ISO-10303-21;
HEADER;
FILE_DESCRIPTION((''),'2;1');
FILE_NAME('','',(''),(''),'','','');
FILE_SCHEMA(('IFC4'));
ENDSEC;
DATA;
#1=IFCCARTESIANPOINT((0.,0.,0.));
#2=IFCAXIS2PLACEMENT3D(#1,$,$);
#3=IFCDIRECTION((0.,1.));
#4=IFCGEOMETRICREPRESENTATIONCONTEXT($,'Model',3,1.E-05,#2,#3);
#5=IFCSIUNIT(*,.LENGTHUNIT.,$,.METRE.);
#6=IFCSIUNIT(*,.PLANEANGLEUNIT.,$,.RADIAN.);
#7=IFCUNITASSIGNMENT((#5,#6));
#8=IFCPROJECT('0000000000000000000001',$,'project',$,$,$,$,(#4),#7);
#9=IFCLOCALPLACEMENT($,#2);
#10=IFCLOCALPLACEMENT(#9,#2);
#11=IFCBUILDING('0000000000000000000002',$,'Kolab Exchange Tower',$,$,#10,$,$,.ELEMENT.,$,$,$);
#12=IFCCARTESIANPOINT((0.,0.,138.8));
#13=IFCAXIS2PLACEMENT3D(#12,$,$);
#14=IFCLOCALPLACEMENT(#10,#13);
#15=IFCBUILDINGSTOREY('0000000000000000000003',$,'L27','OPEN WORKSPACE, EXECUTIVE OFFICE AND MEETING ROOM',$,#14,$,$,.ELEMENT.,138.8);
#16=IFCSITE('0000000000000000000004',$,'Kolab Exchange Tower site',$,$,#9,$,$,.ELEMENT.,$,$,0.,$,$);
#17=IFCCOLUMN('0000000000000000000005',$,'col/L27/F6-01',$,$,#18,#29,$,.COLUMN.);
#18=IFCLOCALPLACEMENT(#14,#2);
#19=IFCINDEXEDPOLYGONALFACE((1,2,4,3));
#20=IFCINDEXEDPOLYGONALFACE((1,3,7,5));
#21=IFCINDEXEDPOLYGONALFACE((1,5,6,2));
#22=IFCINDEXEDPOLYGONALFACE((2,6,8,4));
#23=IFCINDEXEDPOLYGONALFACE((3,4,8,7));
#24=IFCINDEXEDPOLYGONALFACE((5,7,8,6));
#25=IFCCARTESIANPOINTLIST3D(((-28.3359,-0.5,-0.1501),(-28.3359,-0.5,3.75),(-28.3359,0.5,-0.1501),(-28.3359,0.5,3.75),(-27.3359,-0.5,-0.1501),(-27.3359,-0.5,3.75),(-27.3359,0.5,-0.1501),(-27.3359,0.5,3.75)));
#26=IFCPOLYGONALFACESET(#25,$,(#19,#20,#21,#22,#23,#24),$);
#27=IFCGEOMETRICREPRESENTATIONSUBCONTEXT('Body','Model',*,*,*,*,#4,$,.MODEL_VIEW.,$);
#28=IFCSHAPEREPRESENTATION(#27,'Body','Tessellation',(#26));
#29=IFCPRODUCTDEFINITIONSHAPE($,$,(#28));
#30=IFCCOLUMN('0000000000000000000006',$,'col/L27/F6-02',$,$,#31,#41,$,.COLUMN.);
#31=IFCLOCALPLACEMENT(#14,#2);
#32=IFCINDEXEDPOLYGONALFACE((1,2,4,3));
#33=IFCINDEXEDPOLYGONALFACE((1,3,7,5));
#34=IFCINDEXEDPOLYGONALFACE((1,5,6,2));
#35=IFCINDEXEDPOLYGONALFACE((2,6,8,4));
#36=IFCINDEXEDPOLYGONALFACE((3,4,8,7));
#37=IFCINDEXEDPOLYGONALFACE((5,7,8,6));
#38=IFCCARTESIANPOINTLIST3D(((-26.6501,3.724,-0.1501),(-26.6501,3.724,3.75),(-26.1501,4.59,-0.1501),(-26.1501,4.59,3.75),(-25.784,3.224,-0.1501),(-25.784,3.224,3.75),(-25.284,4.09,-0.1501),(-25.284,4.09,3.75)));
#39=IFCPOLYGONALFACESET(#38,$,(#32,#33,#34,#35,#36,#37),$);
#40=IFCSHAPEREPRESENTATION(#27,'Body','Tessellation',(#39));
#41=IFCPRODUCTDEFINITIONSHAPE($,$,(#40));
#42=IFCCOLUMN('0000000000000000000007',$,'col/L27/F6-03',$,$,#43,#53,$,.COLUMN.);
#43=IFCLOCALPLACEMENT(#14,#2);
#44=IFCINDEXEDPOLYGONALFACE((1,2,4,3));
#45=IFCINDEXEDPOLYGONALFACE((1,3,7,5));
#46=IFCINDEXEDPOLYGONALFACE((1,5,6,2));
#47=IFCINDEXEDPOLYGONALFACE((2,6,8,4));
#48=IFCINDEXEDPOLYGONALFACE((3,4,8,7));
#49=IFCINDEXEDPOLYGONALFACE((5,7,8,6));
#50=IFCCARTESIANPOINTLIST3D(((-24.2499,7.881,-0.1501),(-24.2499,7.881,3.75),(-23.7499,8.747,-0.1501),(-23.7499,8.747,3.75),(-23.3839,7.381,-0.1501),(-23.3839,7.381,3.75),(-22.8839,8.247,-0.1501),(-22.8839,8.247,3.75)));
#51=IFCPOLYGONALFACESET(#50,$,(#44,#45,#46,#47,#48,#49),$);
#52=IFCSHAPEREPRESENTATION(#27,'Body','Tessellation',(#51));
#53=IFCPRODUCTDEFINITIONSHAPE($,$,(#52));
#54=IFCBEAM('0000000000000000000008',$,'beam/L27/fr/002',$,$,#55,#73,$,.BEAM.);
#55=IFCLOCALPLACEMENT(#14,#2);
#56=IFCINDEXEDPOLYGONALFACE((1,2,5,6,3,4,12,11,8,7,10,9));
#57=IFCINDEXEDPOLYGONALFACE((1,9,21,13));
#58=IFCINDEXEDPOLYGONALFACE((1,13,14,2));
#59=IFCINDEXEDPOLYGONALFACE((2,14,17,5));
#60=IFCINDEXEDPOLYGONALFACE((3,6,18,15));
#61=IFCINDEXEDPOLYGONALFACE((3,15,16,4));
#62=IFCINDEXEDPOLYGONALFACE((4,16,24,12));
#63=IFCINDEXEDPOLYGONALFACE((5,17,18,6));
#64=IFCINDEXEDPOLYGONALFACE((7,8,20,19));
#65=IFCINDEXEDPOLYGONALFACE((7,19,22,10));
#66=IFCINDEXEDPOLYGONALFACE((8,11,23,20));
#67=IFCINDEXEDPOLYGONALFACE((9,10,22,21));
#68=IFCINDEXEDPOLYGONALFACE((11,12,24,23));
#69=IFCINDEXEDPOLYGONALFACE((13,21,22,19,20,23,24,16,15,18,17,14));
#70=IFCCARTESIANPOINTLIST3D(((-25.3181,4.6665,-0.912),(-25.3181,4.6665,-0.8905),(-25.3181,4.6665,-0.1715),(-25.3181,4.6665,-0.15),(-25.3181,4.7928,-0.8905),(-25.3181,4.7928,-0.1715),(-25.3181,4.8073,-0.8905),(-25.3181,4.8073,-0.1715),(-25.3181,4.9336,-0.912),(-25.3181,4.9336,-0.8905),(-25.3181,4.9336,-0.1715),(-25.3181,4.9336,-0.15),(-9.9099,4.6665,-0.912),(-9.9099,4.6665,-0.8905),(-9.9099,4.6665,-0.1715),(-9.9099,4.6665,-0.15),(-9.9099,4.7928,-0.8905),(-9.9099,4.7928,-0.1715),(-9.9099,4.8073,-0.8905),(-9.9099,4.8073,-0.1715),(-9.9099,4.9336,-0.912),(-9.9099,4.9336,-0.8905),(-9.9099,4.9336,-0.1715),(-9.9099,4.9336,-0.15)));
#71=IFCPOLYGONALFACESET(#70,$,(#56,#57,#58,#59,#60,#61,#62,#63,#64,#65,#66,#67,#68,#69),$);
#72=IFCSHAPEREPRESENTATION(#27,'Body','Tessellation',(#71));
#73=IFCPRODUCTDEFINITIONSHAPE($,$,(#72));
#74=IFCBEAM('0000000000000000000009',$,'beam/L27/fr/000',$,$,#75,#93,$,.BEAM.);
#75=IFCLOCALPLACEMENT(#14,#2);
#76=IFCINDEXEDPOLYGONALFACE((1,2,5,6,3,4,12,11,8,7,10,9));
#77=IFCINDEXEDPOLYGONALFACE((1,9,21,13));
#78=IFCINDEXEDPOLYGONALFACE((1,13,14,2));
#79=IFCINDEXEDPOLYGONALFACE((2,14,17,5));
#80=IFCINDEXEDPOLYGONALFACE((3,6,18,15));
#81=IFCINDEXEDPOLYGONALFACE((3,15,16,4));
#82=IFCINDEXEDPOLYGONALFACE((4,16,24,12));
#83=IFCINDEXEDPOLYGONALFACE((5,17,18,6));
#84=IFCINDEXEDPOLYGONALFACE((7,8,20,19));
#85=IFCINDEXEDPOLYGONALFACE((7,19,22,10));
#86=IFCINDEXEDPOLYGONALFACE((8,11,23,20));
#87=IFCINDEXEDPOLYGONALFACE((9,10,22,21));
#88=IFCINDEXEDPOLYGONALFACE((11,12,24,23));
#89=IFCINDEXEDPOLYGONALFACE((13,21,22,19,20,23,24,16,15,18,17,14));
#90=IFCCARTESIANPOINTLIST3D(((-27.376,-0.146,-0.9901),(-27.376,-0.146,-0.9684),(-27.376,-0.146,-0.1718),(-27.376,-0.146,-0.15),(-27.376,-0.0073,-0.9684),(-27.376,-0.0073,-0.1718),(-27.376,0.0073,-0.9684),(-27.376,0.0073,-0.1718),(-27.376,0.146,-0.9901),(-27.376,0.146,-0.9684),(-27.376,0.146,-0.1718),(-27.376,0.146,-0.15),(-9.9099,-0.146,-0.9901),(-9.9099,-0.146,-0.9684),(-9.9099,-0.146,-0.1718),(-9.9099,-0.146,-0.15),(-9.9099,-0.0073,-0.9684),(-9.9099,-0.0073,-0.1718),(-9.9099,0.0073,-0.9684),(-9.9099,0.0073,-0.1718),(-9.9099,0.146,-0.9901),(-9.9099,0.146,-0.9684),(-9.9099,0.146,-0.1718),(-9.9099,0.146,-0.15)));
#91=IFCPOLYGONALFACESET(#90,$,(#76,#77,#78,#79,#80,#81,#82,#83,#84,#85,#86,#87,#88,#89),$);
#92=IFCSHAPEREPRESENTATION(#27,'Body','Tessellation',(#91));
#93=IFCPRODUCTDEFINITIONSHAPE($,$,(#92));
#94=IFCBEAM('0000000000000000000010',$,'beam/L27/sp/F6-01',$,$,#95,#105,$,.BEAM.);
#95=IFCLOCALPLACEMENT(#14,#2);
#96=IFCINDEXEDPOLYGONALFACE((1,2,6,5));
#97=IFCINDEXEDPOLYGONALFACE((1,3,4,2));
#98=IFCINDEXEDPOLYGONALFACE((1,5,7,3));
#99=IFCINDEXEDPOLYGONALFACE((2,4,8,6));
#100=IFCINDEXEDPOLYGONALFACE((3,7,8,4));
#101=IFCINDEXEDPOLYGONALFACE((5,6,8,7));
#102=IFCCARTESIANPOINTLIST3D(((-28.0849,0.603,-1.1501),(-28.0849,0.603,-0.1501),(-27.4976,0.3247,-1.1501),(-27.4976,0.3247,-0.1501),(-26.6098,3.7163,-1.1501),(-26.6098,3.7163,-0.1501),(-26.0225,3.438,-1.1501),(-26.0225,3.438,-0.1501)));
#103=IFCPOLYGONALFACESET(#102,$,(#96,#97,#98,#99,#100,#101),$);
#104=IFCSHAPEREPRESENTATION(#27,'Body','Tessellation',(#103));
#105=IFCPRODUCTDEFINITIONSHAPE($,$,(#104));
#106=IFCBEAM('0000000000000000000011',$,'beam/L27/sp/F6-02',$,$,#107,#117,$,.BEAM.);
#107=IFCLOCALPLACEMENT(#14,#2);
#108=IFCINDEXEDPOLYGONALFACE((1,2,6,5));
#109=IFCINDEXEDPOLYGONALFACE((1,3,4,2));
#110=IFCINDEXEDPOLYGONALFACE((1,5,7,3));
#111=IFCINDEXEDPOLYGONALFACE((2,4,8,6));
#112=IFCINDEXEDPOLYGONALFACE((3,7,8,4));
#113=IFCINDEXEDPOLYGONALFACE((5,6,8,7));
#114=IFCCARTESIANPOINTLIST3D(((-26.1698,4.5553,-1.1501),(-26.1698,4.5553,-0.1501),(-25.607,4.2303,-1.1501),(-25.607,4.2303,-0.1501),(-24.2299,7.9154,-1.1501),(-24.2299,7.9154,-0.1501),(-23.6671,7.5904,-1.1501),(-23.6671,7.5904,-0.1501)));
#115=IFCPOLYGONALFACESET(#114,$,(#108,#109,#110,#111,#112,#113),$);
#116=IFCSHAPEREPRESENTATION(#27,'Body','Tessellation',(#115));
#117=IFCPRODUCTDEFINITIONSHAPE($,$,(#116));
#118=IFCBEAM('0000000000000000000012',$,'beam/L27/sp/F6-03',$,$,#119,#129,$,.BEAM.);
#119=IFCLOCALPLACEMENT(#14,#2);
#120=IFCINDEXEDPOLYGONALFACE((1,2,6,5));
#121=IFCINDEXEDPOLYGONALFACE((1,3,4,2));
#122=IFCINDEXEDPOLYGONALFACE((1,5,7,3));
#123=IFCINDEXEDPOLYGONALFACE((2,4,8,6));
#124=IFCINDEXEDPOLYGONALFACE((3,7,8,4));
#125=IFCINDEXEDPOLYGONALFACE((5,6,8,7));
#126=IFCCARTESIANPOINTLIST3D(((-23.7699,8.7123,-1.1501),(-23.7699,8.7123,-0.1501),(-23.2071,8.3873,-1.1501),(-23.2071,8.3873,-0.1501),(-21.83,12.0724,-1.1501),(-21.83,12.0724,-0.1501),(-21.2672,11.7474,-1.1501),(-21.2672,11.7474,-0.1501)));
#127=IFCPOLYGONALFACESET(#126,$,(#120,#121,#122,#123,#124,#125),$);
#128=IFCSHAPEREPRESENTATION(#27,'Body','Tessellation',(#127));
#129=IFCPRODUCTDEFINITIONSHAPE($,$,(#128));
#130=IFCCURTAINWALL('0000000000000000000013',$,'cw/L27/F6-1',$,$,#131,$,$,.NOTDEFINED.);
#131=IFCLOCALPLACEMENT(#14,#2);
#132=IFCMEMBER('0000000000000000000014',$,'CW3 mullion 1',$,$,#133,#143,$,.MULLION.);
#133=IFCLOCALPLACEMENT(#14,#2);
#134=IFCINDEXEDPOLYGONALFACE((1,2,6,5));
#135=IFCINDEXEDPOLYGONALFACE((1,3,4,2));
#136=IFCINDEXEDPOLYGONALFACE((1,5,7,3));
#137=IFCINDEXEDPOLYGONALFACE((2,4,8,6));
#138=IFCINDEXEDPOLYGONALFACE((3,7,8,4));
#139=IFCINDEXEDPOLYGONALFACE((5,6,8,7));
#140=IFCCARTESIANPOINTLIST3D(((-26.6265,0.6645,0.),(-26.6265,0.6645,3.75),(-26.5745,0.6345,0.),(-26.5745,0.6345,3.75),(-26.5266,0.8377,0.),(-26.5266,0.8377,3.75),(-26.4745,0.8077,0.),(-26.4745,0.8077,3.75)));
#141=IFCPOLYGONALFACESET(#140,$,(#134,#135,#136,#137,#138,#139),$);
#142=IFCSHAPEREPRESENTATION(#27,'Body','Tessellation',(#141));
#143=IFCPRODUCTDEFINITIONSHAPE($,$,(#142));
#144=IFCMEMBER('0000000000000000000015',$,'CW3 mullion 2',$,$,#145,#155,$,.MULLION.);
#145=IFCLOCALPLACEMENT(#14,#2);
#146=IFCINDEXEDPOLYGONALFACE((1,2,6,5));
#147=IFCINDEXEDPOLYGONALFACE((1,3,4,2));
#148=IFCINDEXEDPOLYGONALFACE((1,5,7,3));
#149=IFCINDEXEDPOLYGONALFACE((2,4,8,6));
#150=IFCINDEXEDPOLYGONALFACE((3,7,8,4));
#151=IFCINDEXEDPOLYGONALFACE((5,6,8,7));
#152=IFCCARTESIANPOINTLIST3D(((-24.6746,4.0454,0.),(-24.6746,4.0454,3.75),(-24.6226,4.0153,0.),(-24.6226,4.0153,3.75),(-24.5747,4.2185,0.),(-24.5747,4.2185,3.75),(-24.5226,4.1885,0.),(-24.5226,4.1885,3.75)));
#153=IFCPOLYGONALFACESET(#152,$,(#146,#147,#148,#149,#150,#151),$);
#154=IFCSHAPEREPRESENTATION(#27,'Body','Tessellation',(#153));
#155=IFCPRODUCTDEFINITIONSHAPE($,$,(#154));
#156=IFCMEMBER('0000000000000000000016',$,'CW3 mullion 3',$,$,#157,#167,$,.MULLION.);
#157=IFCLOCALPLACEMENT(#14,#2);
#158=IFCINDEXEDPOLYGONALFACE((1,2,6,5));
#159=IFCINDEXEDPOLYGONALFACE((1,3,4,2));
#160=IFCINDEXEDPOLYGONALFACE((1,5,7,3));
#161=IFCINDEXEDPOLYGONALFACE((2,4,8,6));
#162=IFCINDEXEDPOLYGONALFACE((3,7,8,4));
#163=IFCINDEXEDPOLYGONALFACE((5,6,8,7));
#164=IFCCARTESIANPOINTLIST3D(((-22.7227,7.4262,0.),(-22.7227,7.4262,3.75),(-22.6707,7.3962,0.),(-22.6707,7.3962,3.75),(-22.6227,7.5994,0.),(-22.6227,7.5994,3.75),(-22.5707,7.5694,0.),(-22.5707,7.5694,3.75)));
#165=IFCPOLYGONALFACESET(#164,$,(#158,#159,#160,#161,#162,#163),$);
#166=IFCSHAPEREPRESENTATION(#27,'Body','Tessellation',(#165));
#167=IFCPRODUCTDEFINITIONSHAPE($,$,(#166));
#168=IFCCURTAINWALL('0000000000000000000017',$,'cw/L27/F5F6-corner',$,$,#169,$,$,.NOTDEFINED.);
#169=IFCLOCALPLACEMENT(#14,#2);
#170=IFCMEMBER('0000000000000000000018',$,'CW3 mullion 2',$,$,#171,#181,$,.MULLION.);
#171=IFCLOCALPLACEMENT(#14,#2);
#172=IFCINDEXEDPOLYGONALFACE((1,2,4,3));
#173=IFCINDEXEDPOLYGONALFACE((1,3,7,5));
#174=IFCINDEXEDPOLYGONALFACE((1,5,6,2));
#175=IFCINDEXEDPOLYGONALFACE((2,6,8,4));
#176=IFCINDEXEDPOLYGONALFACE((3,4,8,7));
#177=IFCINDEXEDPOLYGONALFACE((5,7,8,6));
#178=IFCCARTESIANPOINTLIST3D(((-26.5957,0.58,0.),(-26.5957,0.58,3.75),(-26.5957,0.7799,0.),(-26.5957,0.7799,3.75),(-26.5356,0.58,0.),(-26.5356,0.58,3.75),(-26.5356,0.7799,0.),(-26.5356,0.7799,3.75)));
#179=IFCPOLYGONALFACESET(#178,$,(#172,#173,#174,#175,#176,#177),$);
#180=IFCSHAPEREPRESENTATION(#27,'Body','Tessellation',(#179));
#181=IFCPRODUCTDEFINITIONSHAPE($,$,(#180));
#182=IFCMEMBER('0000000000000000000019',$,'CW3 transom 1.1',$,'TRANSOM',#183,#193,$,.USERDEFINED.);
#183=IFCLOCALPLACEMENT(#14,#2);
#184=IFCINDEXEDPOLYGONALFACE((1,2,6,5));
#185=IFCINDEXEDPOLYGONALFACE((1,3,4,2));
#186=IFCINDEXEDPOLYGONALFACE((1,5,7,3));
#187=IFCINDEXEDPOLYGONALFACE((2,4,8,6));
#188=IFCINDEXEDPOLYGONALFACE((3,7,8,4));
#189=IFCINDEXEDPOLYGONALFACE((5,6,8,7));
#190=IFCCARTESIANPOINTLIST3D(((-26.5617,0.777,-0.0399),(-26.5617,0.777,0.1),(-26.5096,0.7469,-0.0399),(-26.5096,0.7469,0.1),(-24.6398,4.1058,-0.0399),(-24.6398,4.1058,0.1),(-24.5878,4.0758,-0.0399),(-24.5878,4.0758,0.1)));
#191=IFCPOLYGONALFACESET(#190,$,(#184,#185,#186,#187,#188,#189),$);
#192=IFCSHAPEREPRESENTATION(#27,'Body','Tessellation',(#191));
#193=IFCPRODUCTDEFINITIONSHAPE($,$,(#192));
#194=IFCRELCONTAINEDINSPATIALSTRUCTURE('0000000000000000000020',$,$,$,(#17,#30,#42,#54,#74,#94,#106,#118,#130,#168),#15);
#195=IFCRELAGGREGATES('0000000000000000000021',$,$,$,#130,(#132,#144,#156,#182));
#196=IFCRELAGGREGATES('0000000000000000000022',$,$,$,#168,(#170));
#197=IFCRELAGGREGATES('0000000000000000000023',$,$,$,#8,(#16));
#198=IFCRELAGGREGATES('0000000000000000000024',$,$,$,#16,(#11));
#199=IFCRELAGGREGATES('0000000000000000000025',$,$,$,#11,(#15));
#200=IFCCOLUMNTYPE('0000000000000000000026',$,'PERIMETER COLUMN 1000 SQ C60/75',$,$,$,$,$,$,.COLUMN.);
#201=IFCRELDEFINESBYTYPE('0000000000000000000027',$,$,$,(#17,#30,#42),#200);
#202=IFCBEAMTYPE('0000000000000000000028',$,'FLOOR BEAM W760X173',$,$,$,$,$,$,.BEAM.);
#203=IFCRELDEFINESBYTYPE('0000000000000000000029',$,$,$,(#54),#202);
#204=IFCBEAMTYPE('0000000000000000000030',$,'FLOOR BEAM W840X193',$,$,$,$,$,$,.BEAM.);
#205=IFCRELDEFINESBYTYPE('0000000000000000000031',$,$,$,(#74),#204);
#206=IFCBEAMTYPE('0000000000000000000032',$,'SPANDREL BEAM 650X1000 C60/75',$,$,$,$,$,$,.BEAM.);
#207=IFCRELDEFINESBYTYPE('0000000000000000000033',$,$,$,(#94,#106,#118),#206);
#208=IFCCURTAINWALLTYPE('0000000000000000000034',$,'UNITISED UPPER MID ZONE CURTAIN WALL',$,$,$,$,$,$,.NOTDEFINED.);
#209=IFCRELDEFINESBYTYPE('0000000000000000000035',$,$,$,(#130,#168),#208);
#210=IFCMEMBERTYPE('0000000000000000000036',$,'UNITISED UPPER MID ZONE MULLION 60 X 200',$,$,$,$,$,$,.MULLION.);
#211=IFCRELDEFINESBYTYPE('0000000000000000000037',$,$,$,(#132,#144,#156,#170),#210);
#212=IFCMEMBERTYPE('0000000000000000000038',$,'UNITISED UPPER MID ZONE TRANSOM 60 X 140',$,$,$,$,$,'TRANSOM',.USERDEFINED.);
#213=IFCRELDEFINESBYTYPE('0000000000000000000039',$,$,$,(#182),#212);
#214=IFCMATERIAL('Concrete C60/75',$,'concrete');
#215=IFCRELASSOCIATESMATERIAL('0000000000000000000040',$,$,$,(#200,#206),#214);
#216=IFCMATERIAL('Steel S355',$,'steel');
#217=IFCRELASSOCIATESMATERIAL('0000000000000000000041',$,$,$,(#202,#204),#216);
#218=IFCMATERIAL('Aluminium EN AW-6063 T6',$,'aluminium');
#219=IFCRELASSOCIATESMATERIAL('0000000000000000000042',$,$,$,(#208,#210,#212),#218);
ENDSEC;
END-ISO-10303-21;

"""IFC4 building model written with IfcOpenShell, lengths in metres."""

from ifc_helpers import new_model, si_unit, direction, frame, origin, origin_2d, place, context, subcontext, project, spatial, rectangle, i_section, extrude, material, material_profile, profile_set, type_object, element, aggregate, save


model = new_model("IFC4")

# Units and contexts
model_context = context("Model", 3, precision=1e-05, world=origin(), true_north=direction((0.0, 1.0)))
body_context = subcontext(model_context, "Body", "Model", "MODEL_VIEW")
ifc_project = project(units=[si_unit("LENGTHUNIT", "METRE"), si_unit("PLANEANGLEUNIT", "RADIAN")], contexts=[model_context])

# Site, building, storey
site_placement = place(None, origin())
site = spatial("IfcSite", under=ifc_project, at=site_placement, Name="Kolab Exchange Tower site", CompositionType="ELEMENT", RefElevation=0.0)
building_placement = place(site_placement, origin())
building = spatial("IfcBuilding", under=site, at=building_placement, Name="Kolab Exchange Tower", CompositionType="ELEMENT")
storey_placement = place(building_placement, frame((0.0, 0.0, 138.8)))
storey = spatial("IfcBuildingStorey", under=building, at=storey_placement, Name="L27", Description="OPEN WORKSPACE, EXECUTIVE OFFICE AND MEETING ROOM", CompositionType="ELEMENT", Elevation=138.8)

# Columns
ifc_material_1 = material(Name="Concrete C60/75", Category="concrete")
ifc_material_profile_1 = material_profile(ifc_material_1, rectangle(XDim=1.0, YDim=1.0, at=origin_2d()), Name="RC1000")
ifc_profile_set_1 = profile_set([ifc_material_profile_1], Name="Concrete C60/75")
column_type = type_object("IfcColumnType", Name="PERIMETER COLUMN 1000 SQ C60/75", PredefinedType="COLUMN", material=ifc_profile_set_1)
for number, where, z_axis, x_axis, name in (
    (1, (-27.8359, 0.0, -0.1501), (0.0, 0.0, 1.0), (1.0, 0.0, 0.0), "col/L27/F6-01"),
    (2, (-25.967, 3.907, -0.1501), (0.0, 0.0, 1.0), (0.5, 0.866025, 0.0), "col/L27/F6-02"),
    (3, (-23.5669, 8.064, -0.1501), (0.0, 0.0, 1.0), (0.5, 0.866025, 0.0), "col/L27/F6-03"),
):
    element("IfcColumn", number, at=place(storey_placement, frame(where, z_axis=z_axis, x_axis=x_axis)), inside=storey, type_object=column_type, Name=name, PredefinedType="COLUMN", context=body_context, shape_type="SweptSolid", body=[
        extrude(rectangle(XDim=1.0, YDim=1.0, at=origin_2d()), origin(), (0.0, 0.0, 1.0), 3.9001),
    ])

# Beams
ifc_material_2 = material(Name="Steel S355", Category="steel")
ifc_material_profile_2 = material_profile(ifc_material_2, i_section(OverallWidth=0.2671, OverallDepth=0.762, WebThickness=0.0144, FlangeThickness=0.0215, at=origin_2d()), Name="W760X173")
ifc_profile_set_2 = profile_set([ifc_material_profile_2], Name="Steel S355")
beam_type_1 = type_object("IfcBeamType", Name="FLOOR BEAM W760X173", PredefinedType="BEAM", material=ifc_profile_set_2)
beam_1_placement = place(storey_placement, frame((-25.3181, 4.8, -0.531), z_axis=(1.0, 0.0, 0.0), x_axis=(0.0, 1.0, 0.0)))
element("IfcBeam", 4, at=beam_1_placement, inside=storey, type_object=beam_type_1, Name="beam/L27/fr/002", PredefinedType="BEAM", context=body_context, shape_type="SweptSolid", body=[
    extrude(i_section(OverallWidth=0.2671, OverallDepth=0.762, WebThickness=0.0144, FlangeThickness=0.0215, at=origin_2d()), origin(), (0.0, 0.0, 1.0), 15.4082),
])
ifc_material_profile_3 = material_profile(ifc_material_2, i_section(OverallWidth=0.292, OverallDepth=0.8401, WebThickness=0.0146, FlangeThickness=0.0217, at=origin_2d()), Name="W840X193")
ifc_profile_set_3 = profile_set([ifc_material_profile_3], Name="Steel S355")
beam_type_2 = type_object("IfcBeamType", Name="FLOOR BEAM W840X193", PredefinedType="BEAM", material=ifc_profile_set_3)
beam_2_placement = place(storey_placement, frame((-27.376, 0.0, -0.5701), z_axis=(1.0, 0.0, 0.0), x_axis=(0.0, 1.0, 0.0)))
element("IfcBeam", 5, at=beam_2_placement, inside=storey, type_object=beam_type_2, Name="beam/L27/fr/000", PredefinedType="BEAM", context=body_context, shape_type="SweptSolid", body=[
    extrude(i_section(OverallWidth=0.292, OverallDepth=0.8401, WebThickness=0.0146, FlangeThickness=0.0217, at=origin_2d()), origin(), (0.0, 0.0, 1.0), 17.4661),
])
ifc_material_profile_4 = material_profile(ifc_material_1, rectangle(XDim=0.6499, YDim=1.0, at=origin_2d()), Name="RC650X1000")
ifc_profile_set_4 = profile_set([ifc_material_profile_4], Name="Concrete C60/75")
beam_type_3 = type_object("IfcBeamType", Name="SPANDREL BEAM 650X1000 C60/75", PredefinedType="BEAM", material=ifc_profile_set_4)
beam_3_placement = place(storey_placement, frame((-27.7913, 0.4639, -0.6501), z_axis=(0.428178, 0.903695, 0.0), x_axis=(-0.903695, 0.428178, 0.0)))
element("IfcBeam", 6, at=beam_3_placement, inside=storey, type_object=beam_type_3, Name="beam/L27/sp/F6-01", PredefinedType="BEAM", context=body_context, shape_type="SweptSolid", body=[
    extrude(rectangle(XDim=0.6499, YDim=1.0, at=origin_2d()), origin(), (0.0, 0.0, 1.0), 3.4451),
])
for number, where, z_axis, x_axis, name in (
    (7, (-25.8884, 4.3928, -0.6501), (0.499997, 0.866027, 0.0), (-0.866027, 0.499997, 0.0), "beam/L27/sp/F6-02"),
    (8, (-23.4885, 8.5498, -0.6501), (0.499997, 0.866027, 0.0), (-0.866027, 0.499997, 0.0), "beam/L27/sp/F6-03"),
):
    element("IfcBeam", number, at=place(storey_placement, frame(where, z_axis=z_axis, x_axis=x_axis)), inside=storey, type_object=beam_type_3, Name=name, PredefinedType="BEAM", context=body_context, shape_type="SweptSolid", body=[
        extrude(rectangle(XDim=0.6499, YDim=1.0, at=origin_2d()), origin(), (0.0, 0.0, 1.0), 3.8799),
    ])

# Curtain wall, members
ifc_material_3 = material(Name="Aluminium EN AW-6063 T6", Category="aluminium")
curtain_wall_type = type_object("IfcCurtainWallType", Name="UNITISED UPPER MID ZONE CURTAIN WALL", PredefinedType="NOTDEFINED", material=ifc_material_3)
curtain_wall_1_placement = place(storey_placement, origin())
curtain_wall_1 = element("IfcCurtainWall", 9, at=curtain_wall_1_placement, inside=storey, type_object=curtain_wall_type, Name="cw/L27/F6-1", PredefinedType="NOTDEFINED")
ifc_material_profile_5 = material_profile(ifc_material_3, rectangle(XDim=0.0601, YDim=0.2, at=origin_2d()), Name="RECT 60X200")
ifc_profile_set_5 = profile_set([ifc_material_profile_5], Name="Aluminium EN AW-6063 T6")
member_type_1 = type_object("IfcMemberType", Name="UNITISED UPPER MID ZONE MULLION 60 X 200", PredefinedType="MULLION", material=ifc_profile_set_5)
member_1_placement = place(storey_placement, frame((-26.5505, 0.7361, 0.0), z_axis=(0.0, 0.0, 1.0), x_axis=(-0.866025, 0.5, 0.0)))
member_1 = element("IfcMember", 10, at=member_1_placement, type_object=member_type_1, Name="CW3 mullion 1", PredefinedType="MULLION", context=body_context, shape_type="SweptSolid", body=[
    extrude(rectangle(XDim=0.0601, YDim=0.2, at=origin_2d()), origin(), (0.0, 0.0, 1.0), 3.75),
])
member_2_placement = place(storey_placement, frame((-24.5986, 4.1169, 0.0), z_axis=(0.0, 0.0, 1.0), x_axis=(-0.866025, 0.5, 0.0)))
member_2 = element("IfcMember", 11, at=member_2_placement, type_object=member_type_1, Name="CW3 mullion 2", PredefinedType="MULLION", context=body_context, shape_type="SweptSolid", body=[
    extrude(rectangle(XDim=0.0601, YDim=0.2, at=origin_2d()), origin(), (0.0, 0.0, 1.0), 3.75),
])
member_3_placement = place(storey_placement, frame((-22.6467, 7.4978, 0.0), z_axis=(0.0, 0.0, 1.0), x_axis=(-0.866025, 0.5, 0.0)))
member_3 = element("IfcMember", 12, at=member_3_placement, type_object=member_type_1, Name="CW3 mullion 3", PredefinedType="MULLION", context=body_context, shape_type="SweptSolid", body=[
    extrude(rectangle(XDim=0.0601, YDim=0.2, at=origin_2d()), origin(), (0.0, 0.0, 1.0), 3.75),
])

# Curtain wall, member
curtain_wall_2_placement = place(storey_placement, origin())
curtain_wall_2 = element("IfcCurtainWall", 13, at=curtain_wall_2_placement, inside=storey, type_object=curtain_wall_type, Name="cw/L27/F5F6-corner", PredefinedType="NOTDEFINED")
member_4_placement = place(storey_placement, frame((-26.5657, 0.6799, 0.0), z_axis=(0.0, 0.0, 1.0), x_axis=(-1.0, 0.0, 0.0)))
member_4 = element("IfcMember", 14, at=member_4_placement, type_object=member_type_1, Name="CW3 mullion 2", PredefinedType="MULLION", context=body_context, shape_type="SweptSolid", body=[
    extrude(rectangle(XDim=0.0601, YDim=0.2, at=origin_2d()), origin(), (0.0, 0.0, 1.0), 3.75),
])

# Member
ifc_material_profile_6 = material_profile(ifc_material_3, rectangle(XDim=0.0601, YDim=0.1399, at=origin_2d()), Name="RECT 60X140")
ifc_profile_set_6 = profile_set([ifc_material_profile_6], Name="Aluminium EN AW-6063 T6")
member_type_2 = type_object("IfcMemberType", Name="UNITISED UPPER MID ZONE TRANSOM 60 X 140", ElementType="TRANSOM", PredefinedType="USERDEFINED", material=ifc_profile_set_6)
member_5_placement = place(storey_placement, frame((-26.5356, 0.762, 0.03), z_axis=(0.499992, 0.86603, 0.0), x_axis=(-0.86603, 0.499992, 0.0)))
member_5 = element("IfcMember", 15, at=member_5_placement, type_object=member_type_2, Name="CW3 transom 1.1", ObjectType="TRANSOM", PredefinedType="USERDEFINED", context=body_context, shape_type="SweptSolid", body=[
    extrude(rectangle(XDim=0.0601, YDim=0.1399, at=origin_2d()), origin(), (0.0, 0.0, 1.0), 3.8438),
])

aggregate(curtain_wall_1, [member_1, member_2, member_3, member_5])
aggregate(curtain_wall_2, [member_4])

save(model, "model.ifc")
